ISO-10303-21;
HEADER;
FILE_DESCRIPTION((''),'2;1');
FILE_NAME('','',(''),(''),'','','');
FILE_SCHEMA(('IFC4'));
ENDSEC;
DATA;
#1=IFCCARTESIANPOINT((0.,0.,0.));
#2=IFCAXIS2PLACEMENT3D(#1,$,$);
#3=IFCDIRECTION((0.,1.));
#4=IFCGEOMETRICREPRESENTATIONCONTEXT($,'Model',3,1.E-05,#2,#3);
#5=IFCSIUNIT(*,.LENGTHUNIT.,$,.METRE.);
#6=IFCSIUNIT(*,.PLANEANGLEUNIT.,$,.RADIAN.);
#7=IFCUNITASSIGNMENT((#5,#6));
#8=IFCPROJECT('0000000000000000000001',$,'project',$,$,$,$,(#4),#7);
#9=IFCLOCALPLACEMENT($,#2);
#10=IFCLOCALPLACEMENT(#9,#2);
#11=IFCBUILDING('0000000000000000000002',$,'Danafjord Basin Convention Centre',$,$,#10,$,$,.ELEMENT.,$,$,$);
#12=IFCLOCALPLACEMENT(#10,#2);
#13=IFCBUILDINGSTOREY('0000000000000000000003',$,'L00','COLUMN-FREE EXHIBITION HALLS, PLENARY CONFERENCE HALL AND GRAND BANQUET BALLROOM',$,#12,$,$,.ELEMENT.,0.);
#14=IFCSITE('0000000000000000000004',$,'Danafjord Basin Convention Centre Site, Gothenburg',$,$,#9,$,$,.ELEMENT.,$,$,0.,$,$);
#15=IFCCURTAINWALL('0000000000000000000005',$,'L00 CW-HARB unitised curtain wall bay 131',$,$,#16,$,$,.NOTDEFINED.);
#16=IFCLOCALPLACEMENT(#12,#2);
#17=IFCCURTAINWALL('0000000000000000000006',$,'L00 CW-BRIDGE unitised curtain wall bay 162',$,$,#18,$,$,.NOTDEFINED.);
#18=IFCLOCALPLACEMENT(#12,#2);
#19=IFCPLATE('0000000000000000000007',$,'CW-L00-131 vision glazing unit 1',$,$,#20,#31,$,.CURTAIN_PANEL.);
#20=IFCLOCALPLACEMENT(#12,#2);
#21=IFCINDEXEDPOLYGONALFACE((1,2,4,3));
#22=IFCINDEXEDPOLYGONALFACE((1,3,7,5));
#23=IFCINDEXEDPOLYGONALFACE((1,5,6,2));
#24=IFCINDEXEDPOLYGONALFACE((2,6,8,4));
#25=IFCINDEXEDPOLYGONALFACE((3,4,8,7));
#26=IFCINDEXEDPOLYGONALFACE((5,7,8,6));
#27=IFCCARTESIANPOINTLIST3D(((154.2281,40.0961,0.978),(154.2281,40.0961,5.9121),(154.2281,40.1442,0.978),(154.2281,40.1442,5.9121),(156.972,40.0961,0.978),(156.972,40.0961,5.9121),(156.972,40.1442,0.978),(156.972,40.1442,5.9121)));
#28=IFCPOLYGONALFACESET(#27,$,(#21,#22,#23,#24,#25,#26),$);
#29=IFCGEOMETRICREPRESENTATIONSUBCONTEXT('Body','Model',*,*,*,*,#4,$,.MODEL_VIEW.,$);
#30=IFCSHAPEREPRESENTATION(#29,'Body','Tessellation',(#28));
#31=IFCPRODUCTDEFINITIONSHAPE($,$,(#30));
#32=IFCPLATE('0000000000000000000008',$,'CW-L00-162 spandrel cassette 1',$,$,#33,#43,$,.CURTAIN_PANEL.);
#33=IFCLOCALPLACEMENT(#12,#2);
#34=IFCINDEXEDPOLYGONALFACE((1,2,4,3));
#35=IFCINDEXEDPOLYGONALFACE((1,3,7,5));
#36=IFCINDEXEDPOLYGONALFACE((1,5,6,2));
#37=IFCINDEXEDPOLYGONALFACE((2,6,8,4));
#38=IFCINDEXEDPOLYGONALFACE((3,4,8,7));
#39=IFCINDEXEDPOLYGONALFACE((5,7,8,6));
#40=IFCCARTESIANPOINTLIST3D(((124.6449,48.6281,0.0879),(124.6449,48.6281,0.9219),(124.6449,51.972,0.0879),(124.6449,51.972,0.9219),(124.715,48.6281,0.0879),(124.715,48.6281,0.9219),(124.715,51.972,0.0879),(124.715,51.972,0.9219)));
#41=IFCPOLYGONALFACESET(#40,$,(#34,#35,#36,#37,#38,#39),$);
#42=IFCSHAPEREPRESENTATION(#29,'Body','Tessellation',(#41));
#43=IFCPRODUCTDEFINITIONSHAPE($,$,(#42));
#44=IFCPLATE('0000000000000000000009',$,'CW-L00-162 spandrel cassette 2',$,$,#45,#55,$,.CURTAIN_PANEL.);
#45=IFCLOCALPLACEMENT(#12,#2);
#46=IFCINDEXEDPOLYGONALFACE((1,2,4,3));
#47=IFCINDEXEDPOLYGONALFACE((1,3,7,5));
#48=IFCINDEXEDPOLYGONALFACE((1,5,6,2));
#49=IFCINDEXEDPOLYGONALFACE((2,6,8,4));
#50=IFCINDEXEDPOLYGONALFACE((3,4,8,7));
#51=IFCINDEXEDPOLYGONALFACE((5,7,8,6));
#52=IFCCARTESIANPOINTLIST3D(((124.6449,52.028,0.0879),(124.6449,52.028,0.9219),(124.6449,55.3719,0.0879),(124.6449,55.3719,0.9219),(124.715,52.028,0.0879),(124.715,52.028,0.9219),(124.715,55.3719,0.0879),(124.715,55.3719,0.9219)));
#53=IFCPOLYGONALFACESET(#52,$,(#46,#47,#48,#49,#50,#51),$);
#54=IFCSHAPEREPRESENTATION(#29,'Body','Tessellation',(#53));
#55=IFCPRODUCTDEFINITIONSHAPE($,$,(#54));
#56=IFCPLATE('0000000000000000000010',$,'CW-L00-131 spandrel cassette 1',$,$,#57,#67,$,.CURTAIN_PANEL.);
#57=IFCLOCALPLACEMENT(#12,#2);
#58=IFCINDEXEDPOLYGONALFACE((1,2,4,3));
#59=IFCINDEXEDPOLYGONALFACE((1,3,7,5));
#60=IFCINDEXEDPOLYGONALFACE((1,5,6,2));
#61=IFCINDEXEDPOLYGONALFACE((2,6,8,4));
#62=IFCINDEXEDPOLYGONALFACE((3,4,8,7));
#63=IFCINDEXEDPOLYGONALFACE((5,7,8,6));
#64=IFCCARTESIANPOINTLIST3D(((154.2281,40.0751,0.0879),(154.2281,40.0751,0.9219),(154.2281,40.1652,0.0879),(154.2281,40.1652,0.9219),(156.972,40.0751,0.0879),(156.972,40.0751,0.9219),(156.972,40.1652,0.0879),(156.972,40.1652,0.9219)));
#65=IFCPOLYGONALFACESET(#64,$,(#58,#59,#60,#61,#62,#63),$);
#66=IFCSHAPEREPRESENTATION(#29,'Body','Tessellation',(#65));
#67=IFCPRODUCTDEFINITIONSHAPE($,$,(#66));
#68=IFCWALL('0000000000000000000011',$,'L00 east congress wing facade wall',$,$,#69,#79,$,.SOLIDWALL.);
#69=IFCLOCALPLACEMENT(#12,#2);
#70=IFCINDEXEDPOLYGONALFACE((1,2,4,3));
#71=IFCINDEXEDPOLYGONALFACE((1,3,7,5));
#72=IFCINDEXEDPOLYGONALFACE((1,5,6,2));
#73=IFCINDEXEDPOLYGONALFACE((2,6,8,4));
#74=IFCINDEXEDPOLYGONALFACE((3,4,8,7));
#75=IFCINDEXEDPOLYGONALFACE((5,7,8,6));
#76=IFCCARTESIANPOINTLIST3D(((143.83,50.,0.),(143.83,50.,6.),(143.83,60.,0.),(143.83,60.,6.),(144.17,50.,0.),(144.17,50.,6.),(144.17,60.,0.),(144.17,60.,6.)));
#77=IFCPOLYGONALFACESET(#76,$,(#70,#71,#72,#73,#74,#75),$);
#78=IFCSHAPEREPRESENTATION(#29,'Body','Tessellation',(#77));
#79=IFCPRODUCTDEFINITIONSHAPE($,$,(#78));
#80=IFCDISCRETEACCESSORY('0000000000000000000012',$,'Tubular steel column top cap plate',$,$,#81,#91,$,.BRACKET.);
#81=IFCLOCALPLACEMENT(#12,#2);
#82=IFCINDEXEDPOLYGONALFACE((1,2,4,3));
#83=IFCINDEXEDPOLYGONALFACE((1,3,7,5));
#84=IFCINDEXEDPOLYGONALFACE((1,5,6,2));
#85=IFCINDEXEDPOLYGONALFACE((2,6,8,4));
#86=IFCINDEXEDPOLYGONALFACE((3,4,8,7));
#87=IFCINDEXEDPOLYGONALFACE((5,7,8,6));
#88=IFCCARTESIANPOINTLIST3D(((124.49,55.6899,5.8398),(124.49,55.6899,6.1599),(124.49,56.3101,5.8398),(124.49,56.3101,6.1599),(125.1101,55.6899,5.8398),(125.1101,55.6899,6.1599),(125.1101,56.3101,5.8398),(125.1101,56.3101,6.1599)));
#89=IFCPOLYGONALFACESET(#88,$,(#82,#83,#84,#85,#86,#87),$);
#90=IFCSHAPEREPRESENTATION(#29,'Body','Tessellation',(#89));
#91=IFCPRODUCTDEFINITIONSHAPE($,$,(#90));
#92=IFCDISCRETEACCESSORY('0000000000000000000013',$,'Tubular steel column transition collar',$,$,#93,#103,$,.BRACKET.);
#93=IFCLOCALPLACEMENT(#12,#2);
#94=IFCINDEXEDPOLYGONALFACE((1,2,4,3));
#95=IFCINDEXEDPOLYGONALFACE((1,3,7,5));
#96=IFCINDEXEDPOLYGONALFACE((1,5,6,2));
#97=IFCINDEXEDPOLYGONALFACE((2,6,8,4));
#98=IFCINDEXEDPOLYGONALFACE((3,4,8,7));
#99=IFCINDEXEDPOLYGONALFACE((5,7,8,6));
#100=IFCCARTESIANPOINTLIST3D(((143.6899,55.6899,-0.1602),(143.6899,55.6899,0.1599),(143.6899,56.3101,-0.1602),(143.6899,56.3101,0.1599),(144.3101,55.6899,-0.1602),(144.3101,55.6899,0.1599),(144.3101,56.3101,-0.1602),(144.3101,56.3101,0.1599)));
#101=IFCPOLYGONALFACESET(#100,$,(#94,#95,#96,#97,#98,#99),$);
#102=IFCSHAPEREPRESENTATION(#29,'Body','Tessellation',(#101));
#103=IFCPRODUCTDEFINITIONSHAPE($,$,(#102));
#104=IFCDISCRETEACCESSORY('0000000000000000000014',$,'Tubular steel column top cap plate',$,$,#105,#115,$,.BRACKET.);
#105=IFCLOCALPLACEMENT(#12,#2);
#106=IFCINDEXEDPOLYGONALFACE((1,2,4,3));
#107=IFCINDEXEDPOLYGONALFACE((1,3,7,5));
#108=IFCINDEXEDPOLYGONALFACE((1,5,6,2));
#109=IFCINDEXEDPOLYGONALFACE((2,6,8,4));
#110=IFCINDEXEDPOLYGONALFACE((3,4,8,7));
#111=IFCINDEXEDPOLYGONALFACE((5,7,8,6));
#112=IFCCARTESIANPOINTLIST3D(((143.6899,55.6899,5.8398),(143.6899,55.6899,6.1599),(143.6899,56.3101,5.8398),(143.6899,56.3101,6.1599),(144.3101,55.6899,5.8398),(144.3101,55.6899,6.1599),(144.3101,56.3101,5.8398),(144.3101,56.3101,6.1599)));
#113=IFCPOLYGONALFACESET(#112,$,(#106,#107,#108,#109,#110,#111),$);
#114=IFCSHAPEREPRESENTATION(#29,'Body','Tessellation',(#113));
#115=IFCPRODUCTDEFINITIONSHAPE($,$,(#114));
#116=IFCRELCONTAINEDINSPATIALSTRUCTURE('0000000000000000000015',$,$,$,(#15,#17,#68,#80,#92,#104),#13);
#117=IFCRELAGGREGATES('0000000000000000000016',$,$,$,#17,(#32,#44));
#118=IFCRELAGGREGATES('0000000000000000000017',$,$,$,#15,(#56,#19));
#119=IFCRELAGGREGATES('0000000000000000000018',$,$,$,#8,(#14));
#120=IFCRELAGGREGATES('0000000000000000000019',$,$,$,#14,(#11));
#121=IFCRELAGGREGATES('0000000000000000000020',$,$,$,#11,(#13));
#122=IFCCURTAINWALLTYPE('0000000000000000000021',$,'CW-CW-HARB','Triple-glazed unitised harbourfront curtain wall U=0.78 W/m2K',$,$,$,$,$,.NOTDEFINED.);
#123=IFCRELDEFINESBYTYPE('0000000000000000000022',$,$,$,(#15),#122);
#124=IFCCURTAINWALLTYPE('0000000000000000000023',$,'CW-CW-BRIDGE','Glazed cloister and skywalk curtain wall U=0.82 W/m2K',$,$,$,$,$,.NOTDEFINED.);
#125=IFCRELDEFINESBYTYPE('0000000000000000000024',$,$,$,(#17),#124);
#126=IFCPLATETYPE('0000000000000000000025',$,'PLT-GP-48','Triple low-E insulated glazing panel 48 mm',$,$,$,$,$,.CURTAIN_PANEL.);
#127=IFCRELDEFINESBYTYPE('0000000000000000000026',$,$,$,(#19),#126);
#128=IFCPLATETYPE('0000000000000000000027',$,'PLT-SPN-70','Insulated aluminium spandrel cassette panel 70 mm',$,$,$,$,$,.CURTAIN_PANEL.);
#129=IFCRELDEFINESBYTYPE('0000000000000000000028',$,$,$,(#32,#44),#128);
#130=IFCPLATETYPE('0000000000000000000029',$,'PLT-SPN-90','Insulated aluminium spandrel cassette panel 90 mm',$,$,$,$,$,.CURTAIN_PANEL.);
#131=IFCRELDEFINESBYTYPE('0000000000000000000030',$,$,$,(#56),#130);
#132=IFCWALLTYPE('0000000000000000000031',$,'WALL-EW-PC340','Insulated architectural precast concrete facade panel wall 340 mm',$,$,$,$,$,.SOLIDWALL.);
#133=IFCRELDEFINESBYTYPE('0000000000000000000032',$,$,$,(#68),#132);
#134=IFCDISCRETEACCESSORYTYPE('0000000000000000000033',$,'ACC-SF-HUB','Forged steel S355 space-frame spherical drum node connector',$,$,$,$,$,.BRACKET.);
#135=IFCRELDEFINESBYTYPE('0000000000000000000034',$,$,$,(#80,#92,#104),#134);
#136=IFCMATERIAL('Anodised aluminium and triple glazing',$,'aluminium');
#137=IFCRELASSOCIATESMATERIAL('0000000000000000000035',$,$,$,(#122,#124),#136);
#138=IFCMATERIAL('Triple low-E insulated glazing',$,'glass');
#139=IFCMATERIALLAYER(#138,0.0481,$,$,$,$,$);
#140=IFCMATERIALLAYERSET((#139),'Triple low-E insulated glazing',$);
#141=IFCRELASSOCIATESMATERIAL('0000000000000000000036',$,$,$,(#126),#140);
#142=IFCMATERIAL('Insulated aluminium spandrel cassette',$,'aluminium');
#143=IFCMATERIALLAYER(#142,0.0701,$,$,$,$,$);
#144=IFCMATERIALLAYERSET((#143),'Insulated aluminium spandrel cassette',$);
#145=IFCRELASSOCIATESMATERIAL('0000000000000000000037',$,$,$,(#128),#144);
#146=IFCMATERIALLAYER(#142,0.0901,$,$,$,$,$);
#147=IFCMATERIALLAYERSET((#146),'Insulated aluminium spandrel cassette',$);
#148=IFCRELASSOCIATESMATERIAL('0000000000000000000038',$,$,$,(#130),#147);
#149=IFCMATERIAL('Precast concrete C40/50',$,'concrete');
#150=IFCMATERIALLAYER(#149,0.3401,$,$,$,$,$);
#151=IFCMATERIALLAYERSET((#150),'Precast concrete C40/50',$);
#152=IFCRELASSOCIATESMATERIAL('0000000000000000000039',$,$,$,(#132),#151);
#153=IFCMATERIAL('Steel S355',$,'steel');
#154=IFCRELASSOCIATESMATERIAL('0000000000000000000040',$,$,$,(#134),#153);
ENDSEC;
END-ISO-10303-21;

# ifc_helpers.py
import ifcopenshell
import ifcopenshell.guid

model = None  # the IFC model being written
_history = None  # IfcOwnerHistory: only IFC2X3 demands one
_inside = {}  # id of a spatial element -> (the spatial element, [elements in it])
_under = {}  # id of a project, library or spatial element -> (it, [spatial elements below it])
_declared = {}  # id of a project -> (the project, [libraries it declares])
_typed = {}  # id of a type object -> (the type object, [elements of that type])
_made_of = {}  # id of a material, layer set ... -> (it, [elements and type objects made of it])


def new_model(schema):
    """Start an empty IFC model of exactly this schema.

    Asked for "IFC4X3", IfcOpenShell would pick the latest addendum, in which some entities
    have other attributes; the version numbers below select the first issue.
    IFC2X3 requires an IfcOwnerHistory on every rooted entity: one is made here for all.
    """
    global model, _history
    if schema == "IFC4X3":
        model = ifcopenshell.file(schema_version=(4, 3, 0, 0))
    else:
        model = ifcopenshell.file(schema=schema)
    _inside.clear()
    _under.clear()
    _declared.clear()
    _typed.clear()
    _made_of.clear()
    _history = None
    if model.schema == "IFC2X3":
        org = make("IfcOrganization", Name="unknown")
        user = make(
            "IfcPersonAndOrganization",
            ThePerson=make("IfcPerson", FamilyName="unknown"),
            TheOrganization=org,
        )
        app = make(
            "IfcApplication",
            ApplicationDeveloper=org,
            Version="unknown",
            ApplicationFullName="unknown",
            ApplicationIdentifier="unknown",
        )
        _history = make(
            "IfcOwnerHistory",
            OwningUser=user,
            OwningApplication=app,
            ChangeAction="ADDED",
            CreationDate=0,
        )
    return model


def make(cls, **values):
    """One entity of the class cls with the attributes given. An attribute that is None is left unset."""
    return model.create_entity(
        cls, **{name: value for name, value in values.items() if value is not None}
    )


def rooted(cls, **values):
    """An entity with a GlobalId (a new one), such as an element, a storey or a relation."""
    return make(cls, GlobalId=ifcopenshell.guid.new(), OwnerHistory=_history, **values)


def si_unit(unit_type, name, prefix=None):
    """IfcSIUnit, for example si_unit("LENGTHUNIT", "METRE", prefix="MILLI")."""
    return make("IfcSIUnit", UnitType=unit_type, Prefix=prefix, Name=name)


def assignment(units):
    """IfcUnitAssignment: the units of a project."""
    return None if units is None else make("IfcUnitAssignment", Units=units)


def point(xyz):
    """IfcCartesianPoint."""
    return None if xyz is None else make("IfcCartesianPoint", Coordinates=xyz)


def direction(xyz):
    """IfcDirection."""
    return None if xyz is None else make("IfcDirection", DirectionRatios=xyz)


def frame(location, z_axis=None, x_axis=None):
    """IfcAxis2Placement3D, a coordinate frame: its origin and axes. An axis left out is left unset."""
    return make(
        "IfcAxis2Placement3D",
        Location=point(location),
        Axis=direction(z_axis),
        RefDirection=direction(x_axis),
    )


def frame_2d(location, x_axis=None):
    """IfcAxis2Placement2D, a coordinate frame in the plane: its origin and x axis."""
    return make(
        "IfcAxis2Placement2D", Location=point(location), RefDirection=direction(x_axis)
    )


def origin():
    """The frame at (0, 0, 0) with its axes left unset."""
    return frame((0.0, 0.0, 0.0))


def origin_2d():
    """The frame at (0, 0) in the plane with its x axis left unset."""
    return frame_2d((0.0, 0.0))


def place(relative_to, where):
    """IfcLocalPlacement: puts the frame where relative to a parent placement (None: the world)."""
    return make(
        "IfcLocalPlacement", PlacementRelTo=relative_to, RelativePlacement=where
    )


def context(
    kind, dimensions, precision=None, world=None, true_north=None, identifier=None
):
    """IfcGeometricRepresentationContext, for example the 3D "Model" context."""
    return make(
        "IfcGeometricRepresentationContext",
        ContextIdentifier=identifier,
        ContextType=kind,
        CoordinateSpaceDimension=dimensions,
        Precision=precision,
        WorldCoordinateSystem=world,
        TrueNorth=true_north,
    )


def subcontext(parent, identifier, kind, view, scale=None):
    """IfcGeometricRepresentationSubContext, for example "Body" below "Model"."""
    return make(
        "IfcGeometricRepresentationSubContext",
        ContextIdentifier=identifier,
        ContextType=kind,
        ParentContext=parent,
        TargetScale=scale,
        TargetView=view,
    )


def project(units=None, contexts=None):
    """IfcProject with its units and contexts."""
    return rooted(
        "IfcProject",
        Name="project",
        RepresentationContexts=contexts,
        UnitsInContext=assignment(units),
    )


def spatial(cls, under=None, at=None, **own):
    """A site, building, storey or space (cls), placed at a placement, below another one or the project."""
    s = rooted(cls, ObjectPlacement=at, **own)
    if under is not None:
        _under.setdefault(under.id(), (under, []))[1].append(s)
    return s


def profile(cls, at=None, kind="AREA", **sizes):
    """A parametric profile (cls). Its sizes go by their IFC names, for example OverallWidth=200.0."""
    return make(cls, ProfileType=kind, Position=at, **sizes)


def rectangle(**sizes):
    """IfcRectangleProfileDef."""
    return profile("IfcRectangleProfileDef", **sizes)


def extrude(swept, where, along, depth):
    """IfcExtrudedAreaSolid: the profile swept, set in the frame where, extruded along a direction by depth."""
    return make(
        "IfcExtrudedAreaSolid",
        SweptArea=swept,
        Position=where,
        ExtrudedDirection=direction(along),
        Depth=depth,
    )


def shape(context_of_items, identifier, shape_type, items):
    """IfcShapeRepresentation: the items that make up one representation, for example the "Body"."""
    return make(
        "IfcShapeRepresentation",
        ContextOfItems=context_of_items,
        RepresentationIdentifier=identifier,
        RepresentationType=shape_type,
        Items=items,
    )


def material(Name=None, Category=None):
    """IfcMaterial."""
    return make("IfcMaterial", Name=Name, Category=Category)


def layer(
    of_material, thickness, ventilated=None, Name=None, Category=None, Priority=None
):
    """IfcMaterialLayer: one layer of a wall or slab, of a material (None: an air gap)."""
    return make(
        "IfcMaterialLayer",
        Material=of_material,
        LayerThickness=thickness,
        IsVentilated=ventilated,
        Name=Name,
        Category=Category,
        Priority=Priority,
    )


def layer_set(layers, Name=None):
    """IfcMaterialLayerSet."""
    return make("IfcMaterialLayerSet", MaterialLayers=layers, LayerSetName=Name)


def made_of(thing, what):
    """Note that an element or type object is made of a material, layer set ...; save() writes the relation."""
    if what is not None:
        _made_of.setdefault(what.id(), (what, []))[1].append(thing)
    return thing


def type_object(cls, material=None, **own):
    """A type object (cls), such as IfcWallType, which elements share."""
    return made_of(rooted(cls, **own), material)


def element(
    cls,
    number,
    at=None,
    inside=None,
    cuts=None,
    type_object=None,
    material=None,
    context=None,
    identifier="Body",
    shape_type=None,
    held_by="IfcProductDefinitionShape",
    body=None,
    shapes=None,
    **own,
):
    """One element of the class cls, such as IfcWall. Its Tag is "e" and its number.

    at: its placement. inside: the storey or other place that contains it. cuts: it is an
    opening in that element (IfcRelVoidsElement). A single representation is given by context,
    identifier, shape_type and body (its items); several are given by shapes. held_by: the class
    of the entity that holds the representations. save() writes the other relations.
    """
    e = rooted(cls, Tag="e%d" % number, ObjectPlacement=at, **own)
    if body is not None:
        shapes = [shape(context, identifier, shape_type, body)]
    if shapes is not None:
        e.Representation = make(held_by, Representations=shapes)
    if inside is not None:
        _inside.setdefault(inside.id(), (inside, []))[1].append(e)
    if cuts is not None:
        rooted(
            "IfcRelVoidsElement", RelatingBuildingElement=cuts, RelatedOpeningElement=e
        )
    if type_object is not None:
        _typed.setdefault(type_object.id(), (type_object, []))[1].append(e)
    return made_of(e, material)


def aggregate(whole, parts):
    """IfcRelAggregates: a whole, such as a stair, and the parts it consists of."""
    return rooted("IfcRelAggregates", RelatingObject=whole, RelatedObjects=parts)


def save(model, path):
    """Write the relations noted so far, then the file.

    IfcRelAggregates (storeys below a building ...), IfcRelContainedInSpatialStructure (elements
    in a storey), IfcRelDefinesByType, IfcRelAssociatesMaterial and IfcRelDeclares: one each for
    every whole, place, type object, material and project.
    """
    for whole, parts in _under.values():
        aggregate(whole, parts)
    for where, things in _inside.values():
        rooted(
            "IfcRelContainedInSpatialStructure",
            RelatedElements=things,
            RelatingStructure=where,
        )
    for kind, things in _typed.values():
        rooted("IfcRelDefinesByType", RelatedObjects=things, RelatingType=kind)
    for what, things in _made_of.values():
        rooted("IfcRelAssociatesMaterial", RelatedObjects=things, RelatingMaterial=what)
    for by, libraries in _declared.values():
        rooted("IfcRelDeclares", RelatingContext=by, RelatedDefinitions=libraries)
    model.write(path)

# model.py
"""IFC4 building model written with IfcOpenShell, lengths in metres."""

from ifc_helpers import new_model, si_unit, direction, frame, frame_2d, origin, origin_2d, place, context, subcontext, project, spatial, rectangle, extrude, material, layer, layer_set, type_object, element, aggregate, save


model = new_model("IFC4")

# Units and contexts
model_context = context("Model", 3, precision=1e-05, world=origin(), true_north=direction((0.0, 1.0)))
body_context = subcontext(model_context, "Body", "Model", "MODEL_VIEW")
ifc_project = project(units=[si_unit("LENGTHUNIT", "METRE"), si_unit("PLANEANGLEUNIT", "RADIAN")], contexts=[model_context])

# Site, building, storey
site_placement = place(None, origin())
site = spatial("IfcSite", under=ifc_project, at=site_placement, Name="Danafjord Basin Convention Centre Site, Gothenburg", CompositionType="ELEMENT", RefElevation=0.0)
building_placement = place(site_placement, origin())
building = spatial("IfcBuilding", under=site, at=building_placement, Name="Danafjord Basin Convention Centre", CompositionType="ELEMENT")
storey_placement = place(building_placement, origin())
storey = spatial("IfcBuildingStorey", under=building, at=storey_placement, Name="L00", Description="COLUMN-FREE EXHIBITION HALLS, PLENARY CONFERENCE HALL AND GRAND BANQUET BALLROOM", CompositionType="ELEMENT", Elevation=0.0)

# Shared definitions
ifc_material_1 = material(Name="Steel S355", Category="steel")

# Curtain walls
ifc_material_2 = material(Name="Anodised aluminium and triple glazing", Category="aluminium")
curtain_wall_type_1 = type_object("IfcCurtainWallType", Name="CW-CW-HARB", Description="Triple-glazed unitised harbourfront curtain wall U=0.78 W/m2K", PredefinedType="NOTDEFINED", material=ifc_material_2)
curtain_wall_1_placement = place(storey_placement, origin())
curtain_wall_1 = element("IfcCurtainWall", 1, at=curtain_wall_1_placement, inside=storey, type_object=curtain_wall_type_1, Name="L00 CW-HARB unitised curtain wall bay 131", PredefinedType="NOTDEFINED")
curtain_wall_type_2 = type_object("IfcCurtainWallType", Name="CW-CW-BRIDGE", Description="Glazed cloister and skywalk curtain wall U=0.82 W/m2K", PredefinedType="NOTDEFINED", material=ifc_material_2)
curtain_wall_2_placement = place(storey_placement, origin())
curtain_wall_2 = element("IfcCurtainWall", 2, at=curtain_wall_2_placement, inside=storey, type_object=curtain_wall_type_2, Name="L00 CW-BRIDGE unitised curtain wall bay 162", PredefinedType="NOTDEFINED")

# Plates
ifc_material_3 = material(Name="Triple low-E insulated glazing", Category="glass")
ifc_layer_1 = layer(ifc_material_3, 0.0481)
ifc_layer_set_1 = layer_set([ifc_layer_1], Name="Triple low-E insulated glazing")
plate_type_1 = type_object("IfcPlateType", Name="PLT-GP-48", Description="Triple low-E insulated glazing panel 48 mm", PredefinedType="CURTAIN_PANEL", material=ifc_layer_set_1)
plate_1_placement = place(storey_placement, frame((155.6001, 40.1201, 0.978), z_axis=(0.0, 0.0, 1.0), x_axis=(1.0, 0.0, 0.0)))
plate_1 = element("IfcPlate", 3, at=plate_1_placement, type_object=plate_type_1, Name="CW-L00-131 vision glazing unit 1", PredefinedType="CURTAIN_PANEL", context=body_context, shape_type="SweptSolid", body=[
    extrude(rectangle(XDim=2.7439, YDim=0.0481, at=origin_2d()), origin(), (0.0, 0.0, 1.0), 4.9341),
])
ifc_material_4 = material(Name="Insulated aluminium spandrel cassette", Category="aluminium")
ifc_layer_2 = layer(ifc_material_4, 0.0701)
ifc_layer_set_2 = layer_set([ifc_layer_2], Name="Insulated aluminium spandrel cassette")
plate_type_2 = type_object("IfcPlateType", Name="PLT-SPN-70", Description="Insulated aluminium spandrel cassette panel 70 mm", PredefinedType="CURTAIN_PANEL", material=ifc_layer_set_2)
plate_2_placement = place(storey_placement, frame((124.6799, 50.3, 0.0879), z_axis=(0.0, 0.0, 1.0), x_axis=(0.0, 1.0, 0.0)))
plate_2 = element("IfcPlate", 4, at=plate_2_placement, type_object=plate_type_2, Name="CW-L00-162 spandrel cassette 1", PredefinedType="CURTAIN_PANEL", context=body_context, shape_type="SweptSolid", body=[
    extrude(rectangle(XDim=3.344, YDim=0.0701, at=origin_2d()), origin(), (0.0, 0.0, 1.0), 0.834),
])
plate_3_placement = place(storey_placement, frame((124.6799, 53.7, 0.0879), z_axis=(0.0, 0.0, 1.0), x_axis=(0.0, 1.0, 0.0)))
plate_3 = element("IfcPlate", 5, at=plate_3_placement, type_object=plate_type_2, Name="CW-L00-162 spandrel cassette 2", PredefinedType="CURTAIN_PANEL", context=body_context, shape_type="SweptSolid", body=[
    extrude(rectangle(XDim=3.344, YDim=0.0701, at=origin_2d()), origin(), (0.0, 0.0, 1.0), 0.834),
])
aggregate(curtain_wall_2, [plate_2, plate_3])
ifc_layer_3 = layer(ifc_material_4, 0.0901)
ifc_layer_set_3 = layer_set([ifc_layer_3], Name="Insulated aluminium spandrel cassette")
plate_type_3 = type_object("IfcPlateType", Name="PLT-SPN-90", Description="Insulated aluminium spandrel cassette panel 90 mm", PredefinedType="CURTAIN_PANEL", material=ifc_layer_set_3)
plate_4_placement = place(storey_placement, frame((155.6001, 40.1201, 0.0879), z_axis=(0.0, 0.0, 1.0), x_axis=(1.0, 0.0, 0.0)))
plate_4 = element("IfcPlate", 6, at=plate_4_placement, type_object=plate_type_3, Name="CW-L00-131 spandrel cassette 1", PredefinedType="CURTAIN_PANEL", context=body_context, shape_type="SweptSolid", body=[
    extrude(rectangle(XDim=2.7439, YDim=0.0901, at=origin_2d()), origin(), (0.0, 0.0, 1.0), 0.834),
])
aggregate(curtain_wall_1, [plate_4, plate_1])

# Wall
ifc_material_5 = material(Name="Precast concrete C40/50", Category="concrete")
ifc_layer_4 = layer(ifc_material_5, 0.3401)
ifc_layer_set_4 = layer_set([ifc_layer_4], Name="Precast concrete C40/50")
wall_type = type_object("IfcWallType", Name="WALL-EW-PC340", Description="Insulated architectural precast concrete facade panel wall 340 mm", PredefinedType="SOLIDWALL", material=ifc_layer_set_4)
wall_placement = place(storey_placement, frame((144.0, 50.0, 0.0), z_axis=(0.0, 0.0, 1.0), x_axis=(0.0, 1.0, 0.0)))
element("IfcWall", 7, at=wall_placement, inside=storey, type_object=wall_type, Name="L00 east congress wing facade wall", PredefinedType="SOLIDWALL", context=body_context, shape_type="SweptSolid", body=[
    extrude(rectangle(XDim=10.0, YDim=0.3401, at=frame_2d((5.0, 0.0))), origin(), (0.0, 0.0, 1.0), 6.0),
])

# Discrete accessories
discrete_accessory_type = type_object("IfcDiscreteAccessoryType", Name="ACC-SF-HUB", Description="Forged steel S355 space-frame spherical drum node connector", PredefinedType="BRACKET", material=ifc_material_1)
for number, where, z_axis, x_axis, name in (
    (8, (124.8, 56.0, 5.8398), (0.0, 0.0, 1.0), (1.0, 0.0, 0.0), "Tubular steel column top cap plate"),
    (9, (144.0, 56.0, -0.1602), (0.0, 0.0, 1.0), (1.0, 0.0, 0.0), "Tubular steel column transition collar"),
    (10, (144.0, 56.0, 5.8398), (0.0, 0.0, 1.0), (1.0, 0.0, 0.0), "Tubular steel column top cap plate"),
):
    element("IfcDiscreteAccessory", number, at=place(storey_placement, frame(where, z_axis=z_axis, x_axis=x_axis)), inside=storey, type_object=discrete_accessory_type, Name=name, PredefinedType="BRACKET", context=body_context, shape_type="SweptSolid", body=[
        extrude(rectangle(XDim=0.6201, YDim=0.6201, at=origin_2d()), origin(), (0.0, 0.0, 1.0), 0.3201),
    ])

save(model, "model.ifc")
